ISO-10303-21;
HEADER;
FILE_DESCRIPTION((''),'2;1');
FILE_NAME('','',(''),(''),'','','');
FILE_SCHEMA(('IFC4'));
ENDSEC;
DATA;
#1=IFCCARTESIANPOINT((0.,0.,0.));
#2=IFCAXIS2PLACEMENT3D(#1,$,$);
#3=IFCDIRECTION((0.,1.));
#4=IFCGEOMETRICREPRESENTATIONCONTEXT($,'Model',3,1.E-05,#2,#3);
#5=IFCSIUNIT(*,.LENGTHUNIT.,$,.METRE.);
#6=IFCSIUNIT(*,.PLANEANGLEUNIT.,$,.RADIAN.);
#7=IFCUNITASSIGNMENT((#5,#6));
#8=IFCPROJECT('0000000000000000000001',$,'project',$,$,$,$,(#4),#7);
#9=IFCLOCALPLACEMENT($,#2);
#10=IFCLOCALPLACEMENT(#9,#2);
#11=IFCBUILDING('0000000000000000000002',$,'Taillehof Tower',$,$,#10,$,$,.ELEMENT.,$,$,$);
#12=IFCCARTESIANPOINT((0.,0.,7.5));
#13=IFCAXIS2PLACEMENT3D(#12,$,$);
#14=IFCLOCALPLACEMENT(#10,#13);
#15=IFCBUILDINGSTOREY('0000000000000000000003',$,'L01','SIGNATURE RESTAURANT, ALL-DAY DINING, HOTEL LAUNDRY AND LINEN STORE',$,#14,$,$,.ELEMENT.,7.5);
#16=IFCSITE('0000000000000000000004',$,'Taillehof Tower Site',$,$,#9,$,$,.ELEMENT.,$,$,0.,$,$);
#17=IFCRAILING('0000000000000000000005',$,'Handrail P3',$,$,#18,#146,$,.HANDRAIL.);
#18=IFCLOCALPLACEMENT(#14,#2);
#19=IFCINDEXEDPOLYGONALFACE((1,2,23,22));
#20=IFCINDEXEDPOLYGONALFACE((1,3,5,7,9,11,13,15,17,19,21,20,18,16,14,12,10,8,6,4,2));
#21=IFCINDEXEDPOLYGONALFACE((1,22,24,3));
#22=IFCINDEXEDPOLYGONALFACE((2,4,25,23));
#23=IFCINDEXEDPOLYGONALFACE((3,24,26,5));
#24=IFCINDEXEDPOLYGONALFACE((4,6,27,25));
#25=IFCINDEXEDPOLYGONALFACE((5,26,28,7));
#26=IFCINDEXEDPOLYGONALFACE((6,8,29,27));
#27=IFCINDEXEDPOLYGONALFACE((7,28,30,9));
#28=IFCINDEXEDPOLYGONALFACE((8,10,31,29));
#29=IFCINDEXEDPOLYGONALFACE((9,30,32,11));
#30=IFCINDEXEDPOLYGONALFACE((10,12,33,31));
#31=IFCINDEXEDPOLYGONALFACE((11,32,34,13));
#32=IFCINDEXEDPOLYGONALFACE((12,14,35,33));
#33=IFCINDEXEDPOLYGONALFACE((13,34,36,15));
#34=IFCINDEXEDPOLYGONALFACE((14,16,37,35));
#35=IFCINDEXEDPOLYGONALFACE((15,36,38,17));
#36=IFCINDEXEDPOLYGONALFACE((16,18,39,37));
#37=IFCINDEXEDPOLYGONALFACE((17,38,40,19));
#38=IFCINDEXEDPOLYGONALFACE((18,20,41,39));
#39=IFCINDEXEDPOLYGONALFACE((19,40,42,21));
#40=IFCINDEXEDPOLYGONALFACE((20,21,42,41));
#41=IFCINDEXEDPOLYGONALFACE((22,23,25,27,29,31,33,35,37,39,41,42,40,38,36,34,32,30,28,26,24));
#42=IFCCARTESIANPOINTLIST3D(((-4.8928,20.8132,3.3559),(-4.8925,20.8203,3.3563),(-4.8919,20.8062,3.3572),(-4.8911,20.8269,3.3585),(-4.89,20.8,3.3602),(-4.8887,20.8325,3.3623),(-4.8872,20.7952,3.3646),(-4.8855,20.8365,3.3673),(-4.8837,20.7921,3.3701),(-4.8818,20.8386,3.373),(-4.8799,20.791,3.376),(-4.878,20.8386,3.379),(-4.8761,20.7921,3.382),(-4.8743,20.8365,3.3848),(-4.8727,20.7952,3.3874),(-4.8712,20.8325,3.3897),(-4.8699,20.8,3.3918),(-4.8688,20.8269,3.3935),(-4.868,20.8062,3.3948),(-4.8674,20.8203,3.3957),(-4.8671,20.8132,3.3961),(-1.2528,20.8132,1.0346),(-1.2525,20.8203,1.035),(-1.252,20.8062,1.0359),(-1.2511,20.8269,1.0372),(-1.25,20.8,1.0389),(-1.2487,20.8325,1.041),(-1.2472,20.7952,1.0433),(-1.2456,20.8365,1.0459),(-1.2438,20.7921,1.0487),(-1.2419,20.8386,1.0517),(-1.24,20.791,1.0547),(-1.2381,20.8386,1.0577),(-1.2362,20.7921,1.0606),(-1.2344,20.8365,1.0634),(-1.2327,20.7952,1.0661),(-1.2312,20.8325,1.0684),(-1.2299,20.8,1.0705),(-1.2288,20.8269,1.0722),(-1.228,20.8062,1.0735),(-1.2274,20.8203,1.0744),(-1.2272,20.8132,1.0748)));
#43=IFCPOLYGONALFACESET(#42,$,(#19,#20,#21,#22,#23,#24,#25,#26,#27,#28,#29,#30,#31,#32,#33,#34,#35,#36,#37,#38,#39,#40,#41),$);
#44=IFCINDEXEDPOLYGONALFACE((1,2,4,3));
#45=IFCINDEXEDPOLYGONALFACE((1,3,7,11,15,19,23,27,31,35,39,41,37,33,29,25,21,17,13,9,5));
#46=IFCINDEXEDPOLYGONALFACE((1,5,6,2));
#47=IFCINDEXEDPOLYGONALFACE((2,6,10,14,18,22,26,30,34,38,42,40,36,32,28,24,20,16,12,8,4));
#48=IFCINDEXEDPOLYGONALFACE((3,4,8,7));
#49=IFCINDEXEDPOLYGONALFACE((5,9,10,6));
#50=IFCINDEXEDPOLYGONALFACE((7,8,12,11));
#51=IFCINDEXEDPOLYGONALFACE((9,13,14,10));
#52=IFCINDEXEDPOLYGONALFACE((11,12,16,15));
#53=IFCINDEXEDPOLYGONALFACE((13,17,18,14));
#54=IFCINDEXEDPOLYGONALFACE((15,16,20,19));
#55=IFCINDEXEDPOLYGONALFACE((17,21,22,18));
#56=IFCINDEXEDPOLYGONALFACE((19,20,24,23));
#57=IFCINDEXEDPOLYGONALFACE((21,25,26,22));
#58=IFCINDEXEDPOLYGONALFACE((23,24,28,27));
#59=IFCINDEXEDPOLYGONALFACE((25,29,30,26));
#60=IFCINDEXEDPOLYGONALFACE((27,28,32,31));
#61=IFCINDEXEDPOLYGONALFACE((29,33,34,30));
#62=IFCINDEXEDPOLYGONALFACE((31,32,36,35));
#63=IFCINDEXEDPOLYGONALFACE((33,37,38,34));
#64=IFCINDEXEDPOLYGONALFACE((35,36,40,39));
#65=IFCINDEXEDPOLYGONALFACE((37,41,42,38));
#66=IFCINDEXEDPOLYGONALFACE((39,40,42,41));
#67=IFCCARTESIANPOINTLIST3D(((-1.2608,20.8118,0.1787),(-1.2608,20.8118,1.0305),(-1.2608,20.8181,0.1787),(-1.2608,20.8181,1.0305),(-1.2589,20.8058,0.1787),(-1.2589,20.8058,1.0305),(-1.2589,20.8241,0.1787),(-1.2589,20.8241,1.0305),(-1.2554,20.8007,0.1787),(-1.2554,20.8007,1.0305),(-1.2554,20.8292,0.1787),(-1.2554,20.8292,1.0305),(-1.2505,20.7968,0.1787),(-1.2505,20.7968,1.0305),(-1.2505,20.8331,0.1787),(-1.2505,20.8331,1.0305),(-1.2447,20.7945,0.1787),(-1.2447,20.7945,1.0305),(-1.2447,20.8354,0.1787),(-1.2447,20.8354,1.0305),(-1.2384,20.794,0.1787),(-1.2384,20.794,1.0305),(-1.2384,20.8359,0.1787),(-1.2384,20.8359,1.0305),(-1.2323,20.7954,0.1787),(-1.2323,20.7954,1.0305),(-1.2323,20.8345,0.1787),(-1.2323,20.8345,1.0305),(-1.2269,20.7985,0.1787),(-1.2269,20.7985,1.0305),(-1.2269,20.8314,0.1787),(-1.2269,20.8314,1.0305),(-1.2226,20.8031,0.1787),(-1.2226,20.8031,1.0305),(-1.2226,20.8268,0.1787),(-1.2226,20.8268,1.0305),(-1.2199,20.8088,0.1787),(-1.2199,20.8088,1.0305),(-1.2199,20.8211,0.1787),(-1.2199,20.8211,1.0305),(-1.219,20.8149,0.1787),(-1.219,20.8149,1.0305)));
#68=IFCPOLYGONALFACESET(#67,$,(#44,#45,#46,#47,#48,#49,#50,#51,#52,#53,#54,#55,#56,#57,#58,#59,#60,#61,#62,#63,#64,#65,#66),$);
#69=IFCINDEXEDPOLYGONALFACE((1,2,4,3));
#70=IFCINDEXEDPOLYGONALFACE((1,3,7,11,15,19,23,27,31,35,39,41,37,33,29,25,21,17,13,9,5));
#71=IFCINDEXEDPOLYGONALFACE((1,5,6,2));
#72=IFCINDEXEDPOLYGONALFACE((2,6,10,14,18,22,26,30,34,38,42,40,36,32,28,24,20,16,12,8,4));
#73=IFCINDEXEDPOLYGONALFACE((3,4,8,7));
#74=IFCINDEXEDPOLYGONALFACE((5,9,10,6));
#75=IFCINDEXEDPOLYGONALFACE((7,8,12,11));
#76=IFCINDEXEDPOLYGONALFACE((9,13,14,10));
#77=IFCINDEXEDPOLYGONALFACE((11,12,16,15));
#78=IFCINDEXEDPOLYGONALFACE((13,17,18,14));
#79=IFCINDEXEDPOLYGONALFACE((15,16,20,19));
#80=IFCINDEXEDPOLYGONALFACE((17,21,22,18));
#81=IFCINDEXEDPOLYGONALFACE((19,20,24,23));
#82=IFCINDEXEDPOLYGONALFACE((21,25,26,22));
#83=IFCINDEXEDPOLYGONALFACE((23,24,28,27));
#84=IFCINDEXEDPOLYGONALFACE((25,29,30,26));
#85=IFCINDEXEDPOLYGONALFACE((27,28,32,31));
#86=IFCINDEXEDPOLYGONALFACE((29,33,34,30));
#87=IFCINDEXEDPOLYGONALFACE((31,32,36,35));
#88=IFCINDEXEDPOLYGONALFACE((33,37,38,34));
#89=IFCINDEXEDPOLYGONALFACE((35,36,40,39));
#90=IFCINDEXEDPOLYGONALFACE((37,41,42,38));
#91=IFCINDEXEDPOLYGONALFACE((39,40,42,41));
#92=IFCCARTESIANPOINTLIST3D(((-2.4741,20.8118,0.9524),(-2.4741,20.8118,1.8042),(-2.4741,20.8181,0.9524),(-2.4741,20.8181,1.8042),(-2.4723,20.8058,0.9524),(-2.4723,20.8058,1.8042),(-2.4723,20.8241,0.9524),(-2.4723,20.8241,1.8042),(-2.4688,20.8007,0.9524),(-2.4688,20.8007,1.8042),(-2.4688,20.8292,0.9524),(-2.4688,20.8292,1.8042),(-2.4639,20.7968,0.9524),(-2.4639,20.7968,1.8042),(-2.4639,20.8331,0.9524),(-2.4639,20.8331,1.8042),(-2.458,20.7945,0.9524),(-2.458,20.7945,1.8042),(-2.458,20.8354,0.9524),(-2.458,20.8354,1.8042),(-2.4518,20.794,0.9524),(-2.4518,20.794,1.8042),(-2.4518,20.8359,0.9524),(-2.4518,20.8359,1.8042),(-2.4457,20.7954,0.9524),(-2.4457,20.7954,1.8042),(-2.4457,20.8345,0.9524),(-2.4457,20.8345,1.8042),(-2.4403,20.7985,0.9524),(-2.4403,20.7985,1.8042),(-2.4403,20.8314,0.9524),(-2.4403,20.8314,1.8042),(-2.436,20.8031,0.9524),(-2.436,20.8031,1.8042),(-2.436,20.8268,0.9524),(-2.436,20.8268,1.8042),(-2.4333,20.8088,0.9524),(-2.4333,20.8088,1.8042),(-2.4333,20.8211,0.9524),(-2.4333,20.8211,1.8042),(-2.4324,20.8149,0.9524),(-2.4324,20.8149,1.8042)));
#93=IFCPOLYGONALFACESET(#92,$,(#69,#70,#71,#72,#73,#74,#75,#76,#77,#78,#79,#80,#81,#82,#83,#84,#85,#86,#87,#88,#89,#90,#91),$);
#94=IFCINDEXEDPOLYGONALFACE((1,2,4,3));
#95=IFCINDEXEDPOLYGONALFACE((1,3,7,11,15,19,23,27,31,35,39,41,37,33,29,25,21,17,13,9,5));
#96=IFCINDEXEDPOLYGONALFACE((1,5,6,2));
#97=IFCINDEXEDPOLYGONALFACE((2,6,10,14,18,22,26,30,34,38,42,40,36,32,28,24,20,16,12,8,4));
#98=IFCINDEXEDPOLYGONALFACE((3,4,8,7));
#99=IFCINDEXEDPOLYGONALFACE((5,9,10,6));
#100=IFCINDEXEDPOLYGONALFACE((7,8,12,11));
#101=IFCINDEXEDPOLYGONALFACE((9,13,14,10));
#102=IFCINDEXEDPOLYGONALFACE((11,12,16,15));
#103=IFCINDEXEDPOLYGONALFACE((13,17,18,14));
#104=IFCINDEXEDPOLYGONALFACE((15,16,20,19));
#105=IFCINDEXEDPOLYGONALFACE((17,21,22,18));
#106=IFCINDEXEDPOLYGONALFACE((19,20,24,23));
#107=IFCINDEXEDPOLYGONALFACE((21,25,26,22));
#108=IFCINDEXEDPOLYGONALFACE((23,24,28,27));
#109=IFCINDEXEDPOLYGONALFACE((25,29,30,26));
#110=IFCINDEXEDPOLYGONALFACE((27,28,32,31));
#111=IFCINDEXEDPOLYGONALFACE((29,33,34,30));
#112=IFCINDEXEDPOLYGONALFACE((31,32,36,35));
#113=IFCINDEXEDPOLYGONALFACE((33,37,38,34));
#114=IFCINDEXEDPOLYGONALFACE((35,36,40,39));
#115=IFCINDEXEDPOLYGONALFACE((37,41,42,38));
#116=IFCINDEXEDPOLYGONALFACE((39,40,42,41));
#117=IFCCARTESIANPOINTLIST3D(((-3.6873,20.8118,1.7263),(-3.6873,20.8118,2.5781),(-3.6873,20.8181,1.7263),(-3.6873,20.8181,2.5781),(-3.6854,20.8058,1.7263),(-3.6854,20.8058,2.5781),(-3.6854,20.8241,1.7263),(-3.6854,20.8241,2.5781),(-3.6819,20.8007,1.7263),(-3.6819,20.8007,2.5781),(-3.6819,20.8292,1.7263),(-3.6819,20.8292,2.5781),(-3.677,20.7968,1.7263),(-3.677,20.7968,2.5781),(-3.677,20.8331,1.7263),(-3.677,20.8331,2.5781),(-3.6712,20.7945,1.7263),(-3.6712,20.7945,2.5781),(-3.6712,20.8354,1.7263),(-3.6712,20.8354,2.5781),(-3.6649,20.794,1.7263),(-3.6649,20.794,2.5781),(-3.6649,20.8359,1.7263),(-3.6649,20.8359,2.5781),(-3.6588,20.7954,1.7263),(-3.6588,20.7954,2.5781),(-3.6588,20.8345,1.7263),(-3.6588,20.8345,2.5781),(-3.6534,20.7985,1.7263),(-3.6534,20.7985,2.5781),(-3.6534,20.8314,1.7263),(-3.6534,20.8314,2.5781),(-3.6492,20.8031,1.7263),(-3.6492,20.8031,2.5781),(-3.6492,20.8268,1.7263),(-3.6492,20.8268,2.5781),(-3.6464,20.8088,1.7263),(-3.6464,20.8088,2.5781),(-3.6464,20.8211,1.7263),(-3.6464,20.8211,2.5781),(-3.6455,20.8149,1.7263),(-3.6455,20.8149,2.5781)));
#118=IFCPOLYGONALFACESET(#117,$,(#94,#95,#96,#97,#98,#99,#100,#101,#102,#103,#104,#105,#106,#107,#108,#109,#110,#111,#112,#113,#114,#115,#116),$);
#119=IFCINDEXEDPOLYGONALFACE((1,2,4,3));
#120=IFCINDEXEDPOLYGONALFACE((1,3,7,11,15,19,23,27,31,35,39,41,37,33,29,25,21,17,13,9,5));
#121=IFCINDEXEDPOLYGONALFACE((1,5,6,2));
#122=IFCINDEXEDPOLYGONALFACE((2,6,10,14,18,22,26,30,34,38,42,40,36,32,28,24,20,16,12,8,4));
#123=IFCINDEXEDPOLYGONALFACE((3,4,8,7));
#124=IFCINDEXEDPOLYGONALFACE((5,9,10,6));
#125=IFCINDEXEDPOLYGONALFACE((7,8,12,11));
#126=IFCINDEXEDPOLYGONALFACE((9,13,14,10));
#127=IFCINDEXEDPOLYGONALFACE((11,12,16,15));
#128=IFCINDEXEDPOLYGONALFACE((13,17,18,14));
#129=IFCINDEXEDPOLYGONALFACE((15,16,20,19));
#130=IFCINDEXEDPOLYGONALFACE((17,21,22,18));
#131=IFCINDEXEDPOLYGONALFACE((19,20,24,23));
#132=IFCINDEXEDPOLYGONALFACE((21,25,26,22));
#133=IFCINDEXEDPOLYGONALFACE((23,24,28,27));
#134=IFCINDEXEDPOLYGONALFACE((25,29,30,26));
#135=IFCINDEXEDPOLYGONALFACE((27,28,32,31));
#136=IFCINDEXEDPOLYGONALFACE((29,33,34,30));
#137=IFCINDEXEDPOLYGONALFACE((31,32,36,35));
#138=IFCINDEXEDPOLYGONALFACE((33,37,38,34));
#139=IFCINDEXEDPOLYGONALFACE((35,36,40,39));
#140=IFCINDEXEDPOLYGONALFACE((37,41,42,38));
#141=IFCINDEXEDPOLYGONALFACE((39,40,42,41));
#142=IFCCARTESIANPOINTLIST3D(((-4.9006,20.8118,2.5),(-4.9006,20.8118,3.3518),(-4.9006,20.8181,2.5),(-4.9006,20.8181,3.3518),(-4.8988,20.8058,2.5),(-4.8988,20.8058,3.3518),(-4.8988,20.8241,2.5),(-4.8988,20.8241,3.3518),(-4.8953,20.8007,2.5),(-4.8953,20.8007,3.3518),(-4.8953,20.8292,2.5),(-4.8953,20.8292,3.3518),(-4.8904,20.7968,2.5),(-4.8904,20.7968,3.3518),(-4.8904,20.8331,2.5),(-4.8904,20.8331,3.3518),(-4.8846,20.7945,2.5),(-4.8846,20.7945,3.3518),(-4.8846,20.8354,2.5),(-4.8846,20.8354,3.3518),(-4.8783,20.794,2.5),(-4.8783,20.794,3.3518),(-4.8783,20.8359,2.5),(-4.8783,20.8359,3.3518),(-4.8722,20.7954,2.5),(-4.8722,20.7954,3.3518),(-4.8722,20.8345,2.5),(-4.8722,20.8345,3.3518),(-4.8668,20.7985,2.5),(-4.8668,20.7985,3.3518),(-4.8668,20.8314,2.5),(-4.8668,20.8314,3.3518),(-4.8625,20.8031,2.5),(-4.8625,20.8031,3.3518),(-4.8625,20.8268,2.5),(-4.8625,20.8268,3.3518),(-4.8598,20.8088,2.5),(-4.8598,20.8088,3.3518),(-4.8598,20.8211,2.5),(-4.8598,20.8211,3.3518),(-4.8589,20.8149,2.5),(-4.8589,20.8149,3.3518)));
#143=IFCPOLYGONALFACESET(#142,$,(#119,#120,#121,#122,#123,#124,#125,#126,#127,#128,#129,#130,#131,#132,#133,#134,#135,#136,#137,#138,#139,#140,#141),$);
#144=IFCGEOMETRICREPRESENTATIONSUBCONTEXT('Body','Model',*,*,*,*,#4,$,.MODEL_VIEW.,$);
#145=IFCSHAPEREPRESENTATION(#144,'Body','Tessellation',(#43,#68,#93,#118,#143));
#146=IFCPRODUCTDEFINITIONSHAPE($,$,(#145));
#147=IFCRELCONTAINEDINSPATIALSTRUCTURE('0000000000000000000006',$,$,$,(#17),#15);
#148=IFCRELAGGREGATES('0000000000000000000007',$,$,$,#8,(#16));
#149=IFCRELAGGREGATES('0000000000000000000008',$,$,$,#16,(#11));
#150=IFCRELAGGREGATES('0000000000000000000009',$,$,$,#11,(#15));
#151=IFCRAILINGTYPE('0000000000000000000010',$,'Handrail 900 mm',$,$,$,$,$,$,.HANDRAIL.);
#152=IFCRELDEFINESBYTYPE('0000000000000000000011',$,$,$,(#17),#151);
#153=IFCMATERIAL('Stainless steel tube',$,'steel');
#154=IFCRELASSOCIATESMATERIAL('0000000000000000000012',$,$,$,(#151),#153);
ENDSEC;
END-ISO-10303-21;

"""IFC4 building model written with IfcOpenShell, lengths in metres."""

from ifc_helpers import new_model, si_unit, direction, frame, origin, origin_2d, place, context, subcontext, project, spatial, circle, extrude, material, type_object, element, save


model = new_model("IFC4")

# Units and contexts
model_context = context("Model", 3, precision=1e-05, world=origin(), true_north=direction((0.0, 1.0)))
body_context = subcontext(model_context, "Body", "Model", "MODEL_VIEW")
ifc_project = project(units=[si_unit("LENGTHUNIT", "METRE"), si_unit("PLANEANGLEUNIT", "RADIAN")], contexts=[model_context])

# Site, building, storey
site_placement = place(None, origin())
site = spatial("IfcSite", under=ifc_project, at=site_placement, Name="Taillehof Tower Site", CompositionType="ELEMENT", RefElevation=0.0)
building_placement = place(site_placement, origin())
building = spatial("IfcBuilding", under=site, at=building_placement, Name="Taillehof Tower", CompositionType="ELEMENT")
storey_placement = place(building_placement, frame((0.0, 0.0, 7.5)))
storey = spatial("IfcBuildingStorey", under=building, at=storey_placement, Name="L01", Description="SIGNATURE RESTAURANT, ALL-DAY DINING, HOTEL LAUNDRY AND LINEN STORE", CompositionType="ELEMENT", Elevation=7.5)

# Railing
ifc_material_1 = material(Name="Stainless steel tube", Category="steel")
railing_type_1 = type_object("IfcRailingType", Name="Handrail 900 mm", PredefinedType="HANDRAIL", material=ifc_material_1)
for number, where, name in (
    (1, (-1.24, 20.8149, 0.1787), "Handrail P3"),
):
    element("IfcRailing", number, at=place(storey_placement, frame(where)), inside=storey, type_object=railing_type_1, Name=name, PredefinedType="HANDRAIL", context=body_context, shape_type="SweptSolid", body=[
        extrude(circle(Radius=0.0239, at=origin_2d()), frame((0.0, 0.0, 0.876), z_axis=(-0.843137, 0.0, 0.537699), x_axis=(0.0, -1.0, 0.0)), (0.0, 0.0, 1.0), 4.3171),
        extrude(circle(Radius=0.021, at=origin_2d()), origin(), (0.0, 0.0, 1.0), 0.8518),
        extrude(circle(Radius=0.021, at=origin_2d()), frame((-1.2134, 0.0, 0.7737)), (0.0, 0.0, 1.0), 0.8518),
        extrude(circle(Radius=0.021, at=origin_2d()), frame((-2.4265, 0.0, 1.5476)), (0.0, 0.0, 1.0), 0.8518),
        extrude(circle(Radius=0.021, at=origin_2d()), frame((-3.6399, 0.0, 2.3213)), (0.0, 0.0, 1.0), 0.8518),
    ])

save(model, "model.ifc")
